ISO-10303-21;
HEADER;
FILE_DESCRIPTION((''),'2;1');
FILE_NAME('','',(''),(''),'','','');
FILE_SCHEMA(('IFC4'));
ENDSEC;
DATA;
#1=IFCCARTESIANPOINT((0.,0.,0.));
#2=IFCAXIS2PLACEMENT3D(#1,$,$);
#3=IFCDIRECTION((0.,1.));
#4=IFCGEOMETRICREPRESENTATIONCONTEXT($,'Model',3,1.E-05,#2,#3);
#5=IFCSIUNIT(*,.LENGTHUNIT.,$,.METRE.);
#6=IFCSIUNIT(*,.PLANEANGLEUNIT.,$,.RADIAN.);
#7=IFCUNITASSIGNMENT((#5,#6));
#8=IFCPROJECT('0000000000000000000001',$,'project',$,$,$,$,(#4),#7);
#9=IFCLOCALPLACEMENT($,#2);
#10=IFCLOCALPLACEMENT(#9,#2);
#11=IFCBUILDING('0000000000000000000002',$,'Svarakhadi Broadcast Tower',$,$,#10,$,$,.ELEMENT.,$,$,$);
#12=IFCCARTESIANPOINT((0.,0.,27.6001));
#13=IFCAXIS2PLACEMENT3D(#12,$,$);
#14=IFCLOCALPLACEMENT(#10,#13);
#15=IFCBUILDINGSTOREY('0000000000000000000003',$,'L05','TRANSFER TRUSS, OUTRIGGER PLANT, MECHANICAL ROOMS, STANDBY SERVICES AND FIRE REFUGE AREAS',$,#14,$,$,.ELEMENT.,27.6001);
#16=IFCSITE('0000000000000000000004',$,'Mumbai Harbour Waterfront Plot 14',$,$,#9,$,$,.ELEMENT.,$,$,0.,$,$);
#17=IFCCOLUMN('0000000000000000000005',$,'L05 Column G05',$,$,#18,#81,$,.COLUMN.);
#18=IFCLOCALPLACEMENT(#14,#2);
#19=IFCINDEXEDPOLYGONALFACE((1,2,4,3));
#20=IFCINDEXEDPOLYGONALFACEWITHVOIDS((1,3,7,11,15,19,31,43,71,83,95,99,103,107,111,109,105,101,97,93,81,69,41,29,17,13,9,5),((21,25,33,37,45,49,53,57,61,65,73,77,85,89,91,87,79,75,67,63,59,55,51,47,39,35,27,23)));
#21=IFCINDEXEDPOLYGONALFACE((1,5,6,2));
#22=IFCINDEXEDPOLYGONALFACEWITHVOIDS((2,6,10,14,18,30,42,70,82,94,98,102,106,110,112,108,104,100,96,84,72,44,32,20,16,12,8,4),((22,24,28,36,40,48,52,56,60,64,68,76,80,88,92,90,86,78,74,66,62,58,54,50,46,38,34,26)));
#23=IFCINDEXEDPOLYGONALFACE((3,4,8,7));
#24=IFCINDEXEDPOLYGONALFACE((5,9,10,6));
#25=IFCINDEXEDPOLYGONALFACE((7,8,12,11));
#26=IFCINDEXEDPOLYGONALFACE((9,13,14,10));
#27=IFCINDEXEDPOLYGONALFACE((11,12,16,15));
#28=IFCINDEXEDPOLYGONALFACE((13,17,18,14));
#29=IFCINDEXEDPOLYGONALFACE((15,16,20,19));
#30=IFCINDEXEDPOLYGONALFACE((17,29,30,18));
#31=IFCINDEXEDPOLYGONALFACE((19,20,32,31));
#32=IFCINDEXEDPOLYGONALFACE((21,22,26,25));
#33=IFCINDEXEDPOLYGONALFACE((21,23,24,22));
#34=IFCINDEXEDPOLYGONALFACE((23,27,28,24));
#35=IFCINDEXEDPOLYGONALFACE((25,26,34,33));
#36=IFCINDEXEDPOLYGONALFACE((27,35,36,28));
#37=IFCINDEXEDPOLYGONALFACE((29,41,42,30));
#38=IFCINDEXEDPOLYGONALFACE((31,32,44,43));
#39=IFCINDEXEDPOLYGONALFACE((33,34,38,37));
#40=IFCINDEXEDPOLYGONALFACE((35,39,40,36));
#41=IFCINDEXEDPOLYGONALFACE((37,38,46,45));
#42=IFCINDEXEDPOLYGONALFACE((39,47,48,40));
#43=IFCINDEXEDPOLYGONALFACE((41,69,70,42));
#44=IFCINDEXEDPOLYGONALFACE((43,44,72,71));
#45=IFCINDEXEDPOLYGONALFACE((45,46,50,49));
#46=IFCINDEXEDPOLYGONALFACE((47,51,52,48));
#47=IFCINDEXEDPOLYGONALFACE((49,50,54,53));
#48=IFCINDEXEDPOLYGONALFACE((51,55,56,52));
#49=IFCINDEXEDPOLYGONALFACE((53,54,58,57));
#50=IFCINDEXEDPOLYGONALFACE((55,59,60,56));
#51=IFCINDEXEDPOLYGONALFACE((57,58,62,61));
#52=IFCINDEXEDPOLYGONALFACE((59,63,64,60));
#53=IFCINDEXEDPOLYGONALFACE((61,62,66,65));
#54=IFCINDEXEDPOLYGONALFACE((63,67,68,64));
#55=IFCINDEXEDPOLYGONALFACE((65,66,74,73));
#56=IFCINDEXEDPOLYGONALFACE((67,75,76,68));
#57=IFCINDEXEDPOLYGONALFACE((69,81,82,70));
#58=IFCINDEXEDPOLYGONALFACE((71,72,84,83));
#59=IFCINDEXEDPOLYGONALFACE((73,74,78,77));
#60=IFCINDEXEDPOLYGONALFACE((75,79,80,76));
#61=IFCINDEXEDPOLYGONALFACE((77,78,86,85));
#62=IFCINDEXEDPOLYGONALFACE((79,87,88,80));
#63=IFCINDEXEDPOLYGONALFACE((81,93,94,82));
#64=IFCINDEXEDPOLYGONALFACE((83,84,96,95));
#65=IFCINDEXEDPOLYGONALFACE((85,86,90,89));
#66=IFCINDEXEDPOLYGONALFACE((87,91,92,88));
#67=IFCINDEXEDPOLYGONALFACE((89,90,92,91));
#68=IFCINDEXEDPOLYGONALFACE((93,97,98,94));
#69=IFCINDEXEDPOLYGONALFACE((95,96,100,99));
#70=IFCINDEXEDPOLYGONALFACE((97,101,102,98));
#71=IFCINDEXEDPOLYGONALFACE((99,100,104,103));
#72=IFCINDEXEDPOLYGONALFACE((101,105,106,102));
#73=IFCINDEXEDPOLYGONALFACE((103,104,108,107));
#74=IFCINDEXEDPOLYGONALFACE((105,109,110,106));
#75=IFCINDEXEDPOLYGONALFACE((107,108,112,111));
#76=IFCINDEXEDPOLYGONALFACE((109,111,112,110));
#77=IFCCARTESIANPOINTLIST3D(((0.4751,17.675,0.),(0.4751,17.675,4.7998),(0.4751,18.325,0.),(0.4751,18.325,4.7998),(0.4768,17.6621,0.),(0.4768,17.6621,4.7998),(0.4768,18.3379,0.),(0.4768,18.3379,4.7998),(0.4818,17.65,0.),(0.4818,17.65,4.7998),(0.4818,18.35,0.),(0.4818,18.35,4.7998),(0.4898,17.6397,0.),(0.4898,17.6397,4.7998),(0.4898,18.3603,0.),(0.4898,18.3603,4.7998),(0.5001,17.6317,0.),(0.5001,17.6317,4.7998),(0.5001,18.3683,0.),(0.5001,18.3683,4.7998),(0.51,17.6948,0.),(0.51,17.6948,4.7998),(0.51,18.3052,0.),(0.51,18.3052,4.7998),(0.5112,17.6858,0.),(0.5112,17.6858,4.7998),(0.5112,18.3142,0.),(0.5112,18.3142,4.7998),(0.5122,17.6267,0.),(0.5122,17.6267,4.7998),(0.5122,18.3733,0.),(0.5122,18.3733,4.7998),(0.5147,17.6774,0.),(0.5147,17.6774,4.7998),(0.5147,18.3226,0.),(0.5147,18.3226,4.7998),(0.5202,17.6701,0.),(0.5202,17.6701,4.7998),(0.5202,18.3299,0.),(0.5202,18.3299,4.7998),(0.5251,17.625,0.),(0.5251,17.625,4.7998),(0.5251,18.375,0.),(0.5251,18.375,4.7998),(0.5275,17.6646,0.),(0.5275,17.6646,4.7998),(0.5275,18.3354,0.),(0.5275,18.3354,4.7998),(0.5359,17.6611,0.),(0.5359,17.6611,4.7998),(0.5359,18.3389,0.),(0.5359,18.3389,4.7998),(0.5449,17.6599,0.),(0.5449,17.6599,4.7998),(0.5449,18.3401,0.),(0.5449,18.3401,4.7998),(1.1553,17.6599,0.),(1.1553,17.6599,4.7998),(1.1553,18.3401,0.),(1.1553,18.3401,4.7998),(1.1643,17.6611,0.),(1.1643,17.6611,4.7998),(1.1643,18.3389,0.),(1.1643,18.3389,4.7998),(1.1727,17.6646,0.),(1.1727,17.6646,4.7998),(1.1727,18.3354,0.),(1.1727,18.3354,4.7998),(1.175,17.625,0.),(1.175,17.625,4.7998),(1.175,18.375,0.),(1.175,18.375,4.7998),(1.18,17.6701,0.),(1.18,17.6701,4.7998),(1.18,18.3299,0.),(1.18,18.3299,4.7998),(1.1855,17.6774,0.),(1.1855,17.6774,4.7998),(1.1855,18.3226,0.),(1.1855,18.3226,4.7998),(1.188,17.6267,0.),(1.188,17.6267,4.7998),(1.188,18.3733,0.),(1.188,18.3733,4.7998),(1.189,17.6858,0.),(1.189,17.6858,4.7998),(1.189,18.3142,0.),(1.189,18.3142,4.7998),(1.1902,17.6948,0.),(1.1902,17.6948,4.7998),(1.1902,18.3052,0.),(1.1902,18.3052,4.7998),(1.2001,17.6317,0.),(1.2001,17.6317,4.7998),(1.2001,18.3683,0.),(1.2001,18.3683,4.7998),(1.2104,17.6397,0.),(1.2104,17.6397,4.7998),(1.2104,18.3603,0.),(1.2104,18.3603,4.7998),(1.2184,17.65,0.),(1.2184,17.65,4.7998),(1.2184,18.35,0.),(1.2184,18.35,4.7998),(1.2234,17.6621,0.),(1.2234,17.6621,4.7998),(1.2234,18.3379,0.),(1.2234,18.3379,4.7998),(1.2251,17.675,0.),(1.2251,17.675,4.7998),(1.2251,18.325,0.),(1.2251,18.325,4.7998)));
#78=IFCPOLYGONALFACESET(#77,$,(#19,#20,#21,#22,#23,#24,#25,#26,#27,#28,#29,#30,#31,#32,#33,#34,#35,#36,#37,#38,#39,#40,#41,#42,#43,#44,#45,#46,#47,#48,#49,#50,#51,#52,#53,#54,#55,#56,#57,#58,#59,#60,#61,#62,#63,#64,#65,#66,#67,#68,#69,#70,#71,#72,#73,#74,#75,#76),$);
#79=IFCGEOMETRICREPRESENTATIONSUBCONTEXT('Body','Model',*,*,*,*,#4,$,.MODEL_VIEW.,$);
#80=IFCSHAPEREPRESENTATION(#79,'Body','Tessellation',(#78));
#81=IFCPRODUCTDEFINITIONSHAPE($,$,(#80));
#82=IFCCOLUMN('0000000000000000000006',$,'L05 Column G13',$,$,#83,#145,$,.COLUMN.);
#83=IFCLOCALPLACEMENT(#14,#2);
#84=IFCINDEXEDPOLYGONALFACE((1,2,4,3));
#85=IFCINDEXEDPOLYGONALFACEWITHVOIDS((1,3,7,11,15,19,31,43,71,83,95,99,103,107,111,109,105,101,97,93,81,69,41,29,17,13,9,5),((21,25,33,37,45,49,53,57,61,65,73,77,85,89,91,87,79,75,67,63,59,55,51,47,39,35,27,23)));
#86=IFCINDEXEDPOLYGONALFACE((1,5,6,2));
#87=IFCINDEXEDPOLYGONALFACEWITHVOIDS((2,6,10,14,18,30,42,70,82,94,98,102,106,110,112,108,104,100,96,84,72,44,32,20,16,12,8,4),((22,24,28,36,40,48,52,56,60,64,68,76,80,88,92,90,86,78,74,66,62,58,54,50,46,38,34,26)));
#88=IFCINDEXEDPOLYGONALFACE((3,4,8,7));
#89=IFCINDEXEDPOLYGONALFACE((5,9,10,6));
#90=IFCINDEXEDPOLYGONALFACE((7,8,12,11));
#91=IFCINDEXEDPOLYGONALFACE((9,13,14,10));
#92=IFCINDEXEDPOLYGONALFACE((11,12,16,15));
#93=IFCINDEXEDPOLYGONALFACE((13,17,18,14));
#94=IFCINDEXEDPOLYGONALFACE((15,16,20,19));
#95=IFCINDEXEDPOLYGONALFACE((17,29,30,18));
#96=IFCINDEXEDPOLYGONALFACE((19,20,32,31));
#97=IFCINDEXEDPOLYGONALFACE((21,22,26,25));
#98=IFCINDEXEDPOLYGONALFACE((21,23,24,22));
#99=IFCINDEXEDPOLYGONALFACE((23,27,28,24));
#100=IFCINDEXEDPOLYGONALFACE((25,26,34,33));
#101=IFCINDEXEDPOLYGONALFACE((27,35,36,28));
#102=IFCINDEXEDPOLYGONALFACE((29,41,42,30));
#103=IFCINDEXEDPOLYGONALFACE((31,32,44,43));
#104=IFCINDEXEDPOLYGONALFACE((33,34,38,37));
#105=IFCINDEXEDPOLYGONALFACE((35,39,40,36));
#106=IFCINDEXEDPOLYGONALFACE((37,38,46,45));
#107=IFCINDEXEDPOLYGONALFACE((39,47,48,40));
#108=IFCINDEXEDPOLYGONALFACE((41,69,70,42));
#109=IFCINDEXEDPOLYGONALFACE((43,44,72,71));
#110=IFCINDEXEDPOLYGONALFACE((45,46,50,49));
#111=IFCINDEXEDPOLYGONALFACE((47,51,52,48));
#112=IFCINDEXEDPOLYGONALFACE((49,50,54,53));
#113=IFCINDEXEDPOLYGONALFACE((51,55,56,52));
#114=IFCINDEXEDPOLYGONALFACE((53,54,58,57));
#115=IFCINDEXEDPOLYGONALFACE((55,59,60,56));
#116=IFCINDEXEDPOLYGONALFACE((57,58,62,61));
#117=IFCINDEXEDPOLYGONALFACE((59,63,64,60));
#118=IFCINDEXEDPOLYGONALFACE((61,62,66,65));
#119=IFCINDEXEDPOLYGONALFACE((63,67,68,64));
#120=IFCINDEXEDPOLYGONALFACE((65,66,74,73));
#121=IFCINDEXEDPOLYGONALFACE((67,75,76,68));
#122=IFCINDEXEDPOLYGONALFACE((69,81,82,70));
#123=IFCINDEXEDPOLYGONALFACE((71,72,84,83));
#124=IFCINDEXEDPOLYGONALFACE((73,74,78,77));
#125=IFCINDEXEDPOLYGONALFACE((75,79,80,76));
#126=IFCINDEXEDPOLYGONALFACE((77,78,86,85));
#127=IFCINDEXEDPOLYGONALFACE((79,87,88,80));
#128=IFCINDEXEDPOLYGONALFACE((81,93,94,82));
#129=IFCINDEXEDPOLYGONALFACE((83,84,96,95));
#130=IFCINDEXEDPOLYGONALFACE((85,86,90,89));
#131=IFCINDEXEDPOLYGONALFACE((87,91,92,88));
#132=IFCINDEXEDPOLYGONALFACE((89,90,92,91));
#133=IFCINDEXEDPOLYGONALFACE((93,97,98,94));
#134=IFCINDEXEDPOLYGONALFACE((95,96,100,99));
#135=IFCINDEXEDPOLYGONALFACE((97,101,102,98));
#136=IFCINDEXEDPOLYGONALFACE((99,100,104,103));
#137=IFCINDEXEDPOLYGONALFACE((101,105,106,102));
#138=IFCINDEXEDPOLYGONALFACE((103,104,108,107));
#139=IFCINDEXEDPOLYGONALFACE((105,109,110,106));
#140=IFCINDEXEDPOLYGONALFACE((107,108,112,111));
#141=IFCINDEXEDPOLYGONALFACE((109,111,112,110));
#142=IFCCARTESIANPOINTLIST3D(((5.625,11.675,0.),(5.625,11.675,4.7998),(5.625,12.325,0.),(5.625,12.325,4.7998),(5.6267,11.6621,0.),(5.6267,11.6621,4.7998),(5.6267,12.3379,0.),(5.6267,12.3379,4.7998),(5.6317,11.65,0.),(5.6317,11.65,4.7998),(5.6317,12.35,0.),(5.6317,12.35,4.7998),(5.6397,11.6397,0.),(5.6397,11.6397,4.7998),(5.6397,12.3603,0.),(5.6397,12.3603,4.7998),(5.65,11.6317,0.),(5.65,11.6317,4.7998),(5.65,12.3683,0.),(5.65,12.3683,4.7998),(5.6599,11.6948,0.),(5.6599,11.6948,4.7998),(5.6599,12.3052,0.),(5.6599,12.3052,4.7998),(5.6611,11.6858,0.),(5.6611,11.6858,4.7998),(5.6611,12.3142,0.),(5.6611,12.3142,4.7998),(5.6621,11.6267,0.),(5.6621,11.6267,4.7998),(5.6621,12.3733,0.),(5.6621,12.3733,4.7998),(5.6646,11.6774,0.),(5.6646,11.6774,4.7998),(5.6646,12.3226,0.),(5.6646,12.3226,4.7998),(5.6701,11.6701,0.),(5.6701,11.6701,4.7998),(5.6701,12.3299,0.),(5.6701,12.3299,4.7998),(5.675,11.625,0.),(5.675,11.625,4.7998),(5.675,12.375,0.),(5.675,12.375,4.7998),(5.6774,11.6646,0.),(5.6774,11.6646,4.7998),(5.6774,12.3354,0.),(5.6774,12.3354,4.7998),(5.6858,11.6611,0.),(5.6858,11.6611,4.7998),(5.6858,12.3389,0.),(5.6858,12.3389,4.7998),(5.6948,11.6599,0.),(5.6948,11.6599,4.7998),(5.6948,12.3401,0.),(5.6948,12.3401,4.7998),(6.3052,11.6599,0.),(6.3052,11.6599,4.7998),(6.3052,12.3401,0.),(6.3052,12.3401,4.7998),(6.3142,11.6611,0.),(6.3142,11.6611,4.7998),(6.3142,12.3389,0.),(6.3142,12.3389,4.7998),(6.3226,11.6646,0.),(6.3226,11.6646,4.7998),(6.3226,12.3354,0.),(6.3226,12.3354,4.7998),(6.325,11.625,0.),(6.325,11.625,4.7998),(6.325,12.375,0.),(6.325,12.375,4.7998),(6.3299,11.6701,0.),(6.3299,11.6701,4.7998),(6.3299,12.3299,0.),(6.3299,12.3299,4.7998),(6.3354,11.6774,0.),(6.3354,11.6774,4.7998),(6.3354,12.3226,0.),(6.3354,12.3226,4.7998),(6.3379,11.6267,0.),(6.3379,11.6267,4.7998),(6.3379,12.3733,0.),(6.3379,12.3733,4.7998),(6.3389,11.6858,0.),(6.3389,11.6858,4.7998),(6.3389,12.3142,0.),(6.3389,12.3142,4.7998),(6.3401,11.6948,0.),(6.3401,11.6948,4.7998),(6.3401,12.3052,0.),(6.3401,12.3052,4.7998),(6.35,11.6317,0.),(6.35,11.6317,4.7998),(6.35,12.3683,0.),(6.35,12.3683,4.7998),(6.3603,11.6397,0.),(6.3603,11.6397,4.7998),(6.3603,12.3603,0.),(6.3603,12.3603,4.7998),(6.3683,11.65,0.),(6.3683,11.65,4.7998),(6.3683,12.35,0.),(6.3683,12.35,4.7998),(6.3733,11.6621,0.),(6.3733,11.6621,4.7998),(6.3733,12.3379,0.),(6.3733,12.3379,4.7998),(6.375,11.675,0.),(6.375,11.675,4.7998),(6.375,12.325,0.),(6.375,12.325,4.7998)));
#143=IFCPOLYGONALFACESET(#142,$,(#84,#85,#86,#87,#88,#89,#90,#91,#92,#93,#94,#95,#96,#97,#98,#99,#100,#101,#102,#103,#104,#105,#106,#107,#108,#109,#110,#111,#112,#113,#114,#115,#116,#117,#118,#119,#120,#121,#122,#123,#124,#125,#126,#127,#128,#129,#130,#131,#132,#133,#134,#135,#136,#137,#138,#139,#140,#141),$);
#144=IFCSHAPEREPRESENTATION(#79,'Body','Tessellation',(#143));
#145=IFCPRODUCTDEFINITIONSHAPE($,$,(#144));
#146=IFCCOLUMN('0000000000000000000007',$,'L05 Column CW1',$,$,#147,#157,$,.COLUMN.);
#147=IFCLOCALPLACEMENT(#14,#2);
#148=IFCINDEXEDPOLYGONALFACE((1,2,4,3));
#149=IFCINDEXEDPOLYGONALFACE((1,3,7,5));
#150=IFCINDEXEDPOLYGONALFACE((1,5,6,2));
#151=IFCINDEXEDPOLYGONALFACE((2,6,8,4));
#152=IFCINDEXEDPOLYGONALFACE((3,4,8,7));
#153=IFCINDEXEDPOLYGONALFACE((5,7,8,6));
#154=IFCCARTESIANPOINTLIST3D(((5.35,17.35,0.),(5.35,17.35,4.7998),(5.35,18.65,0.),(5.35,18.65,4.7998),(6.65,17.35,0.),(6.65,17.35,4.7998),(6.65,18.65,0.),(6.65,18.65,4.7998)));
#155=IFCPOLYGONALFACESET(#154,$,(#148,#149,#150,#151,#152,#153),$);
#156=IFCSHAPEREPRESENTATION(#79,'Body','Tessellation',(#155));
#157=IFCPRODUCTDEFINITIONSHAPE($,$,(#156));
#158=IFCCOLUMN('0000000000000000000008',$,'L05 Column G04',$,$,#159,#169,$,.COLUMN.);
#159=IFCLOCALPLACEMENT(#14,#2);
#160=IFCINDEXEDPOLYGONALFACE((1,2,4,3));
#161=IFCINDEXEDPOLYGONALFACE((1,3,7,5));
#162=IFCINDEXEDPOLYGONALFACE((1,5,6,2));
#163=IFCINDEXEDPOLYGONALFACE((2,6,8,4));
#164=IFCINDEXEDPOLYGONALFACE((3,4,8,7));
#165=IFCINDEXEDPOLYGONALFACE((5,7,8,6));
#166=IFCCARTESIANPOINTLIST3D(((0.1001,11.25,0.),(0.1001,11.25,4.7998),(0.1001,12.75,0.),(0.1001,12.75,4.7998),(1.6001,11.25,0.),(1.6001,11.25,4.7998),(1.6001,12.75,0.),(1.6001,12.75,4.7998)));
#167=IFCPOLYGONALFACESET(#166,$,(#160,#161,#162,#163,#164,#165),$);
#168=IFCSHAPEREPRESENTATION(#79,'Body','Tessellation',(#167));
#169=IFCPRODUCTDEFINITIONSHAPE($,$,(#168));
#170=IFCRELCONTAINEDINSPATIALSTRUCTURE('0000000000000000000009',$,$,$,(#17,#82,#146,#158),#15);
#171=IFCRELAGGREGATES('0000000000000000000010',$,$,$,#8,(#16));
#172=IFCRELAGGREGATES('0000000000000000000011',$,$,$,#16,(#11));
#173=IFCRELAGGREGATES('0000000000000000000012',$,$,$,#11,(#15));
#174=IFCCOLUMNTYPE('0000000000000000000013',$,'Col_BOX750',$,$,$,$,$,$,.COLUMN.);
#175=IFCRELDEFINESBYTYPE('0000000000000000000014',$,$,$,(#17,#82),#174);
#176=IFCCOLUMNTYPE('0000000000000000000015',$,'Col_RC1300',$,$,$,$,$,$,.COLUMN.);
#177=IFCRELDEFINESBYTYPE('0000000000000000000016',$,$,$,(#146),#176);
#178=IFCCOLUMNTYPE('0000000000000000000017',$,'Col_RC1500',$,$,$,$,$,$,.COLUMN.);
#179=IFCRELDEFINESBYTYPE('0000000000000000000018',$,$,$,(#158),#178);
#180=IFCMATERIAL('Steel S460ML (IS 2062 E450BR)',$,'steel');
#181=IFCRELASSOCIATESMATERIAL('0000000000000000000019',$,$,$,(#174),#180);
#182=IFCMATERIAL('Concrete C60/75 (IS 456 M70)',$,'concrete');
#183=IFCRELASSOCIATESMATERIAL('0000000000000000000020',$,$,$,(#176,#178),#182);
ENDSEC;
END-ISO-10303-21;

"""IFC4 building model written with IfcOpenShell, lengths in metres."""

from ifc_helpers import new_model, si_unit, direction, frame, origin, origin_2d, place, context, subcontext, project, spatial, rectangle, hollow_rectangle, extrude, material, material_profile, profile_set, type_object, element, save


model = new_model("IFC4")

# Units and contexts
model_context = context("Model", 3, precision=1e-05, world=origin(), true_north=direction((0.0, 1.0)))
body_context = subcontext(model_context, "Body", "Model", "MODEL_VIEW")
ifc_project = project(units=[si_unit("LENGTHUNIT", "METRE"), si_unit("PLANEANGLEUNIT", "RADIAN")], contexts=[model_context])

# Site, building, storey
site_placement = place(None, origin())
site = spatial("IfcSite", under=ifc_project, at=site_placement, Name="Mumbai Harbour Waterfront Plot 14", CompositionType="ELEMENT", RefElevation=0.0)
building_placement = place(site_placement, origin())
building = spatial("IfcBuilding", under=site, at=building_placement, Name="Svarakhadi Broadcast Tower", CompositionType="ELEMENT")
storey_placement = place(building_placement, frame((0.0, 0.0, 27.6001)))
storey = spatial("IfcBuildingStorey", under=building, at=storey_placement, Name="L05", Description="TRANSFER TRUSS, OUTRIGGER PLANT, MECHANICAL ROOMS, STANDBY SERVICES AND FIRE REFUGE AREAS", CompositionType="ELEMENT", Elevation=27.6001)

# Columns
ifc_material_1 = material(Name="Steel S460ML (IS 2062 E450BR)", Category="steel")
ifc_material_profile_1 = material_profile(ifc_material_1, hollow_rectangle(XDim=0.75, YDim=0.75, WallThickness=0.0349, InnerFilletRadius=0.0349, OuterFilletRadius=0.05, at=origin_2d()), Name="BOX 750x750x35")
ifc_profile_set_1 = profile_set([ifc_material_profile_1], Name="Steel S460ML (IS 2062 E450BR)")
column_type_1 = type_object("IfcColumnType", Name="Col_BOX750", PredefinedType="COLUMN", material=ifc_profile_set_1)
for number, where, z_axis, x_axis, name in (
    (1, (0.8501, 18.0, 0.0), (0.0, 0.0, 1.0), (1.0, 0.0, 0.0), "L05 Column G05"),
    (2, (6.0, 12.0, 0.0), (0.0, 0.0, 1.0), (1.0, 0.0, 0.0), "L05 Column G13"),
):
    element("IfcColumn", number, at=place(storey_placement, frame(where, z_axis=z_axis, x_axis=x_axis)), inside=storey, type_object=column_type_1, Name=name, PredefinedType="COLUMN", context=body_context, shape_type="SweptSolid", body=[
        extrude(hollow_rectangle(XDim=0.75, YDim=0.75, WallThickness=0.0349, InnerFilletRadius=0.0349, OuterFilletRadius=0.05, at=origin_2d()), origin(), (0.0, 0.0, 1.0), 4.7998),
    ])
ifc_material_2 = material(Name="Concrete C60/75 (IS 456 M70)", Category="concrete")
ifc_material_profile_2 = material_profile(ifc_material_2, rectangle(XDim=1.3, YDim=1.3, at=origin_2d()), Name="RC 1300x1300")
ifc_profile_set_2 = profile_set([ifc_material_profile_2], Name="Concrete C60/75 (IS 456 M70)")
column_type_2 = type_object("IfcColumnType", Name="Col_RC1300", PredefinedType="COLUMN", material=ifc_profile_set_2)
column_1_placement = place(storey_placement, frame((6.0, 18.0, 0.0), z_axis=(0.0, 0.0, 1.0), x_axis=(1.0, 0.0, 0.0)))
element("IfcColumn", 3, at=column_1_placement, inside=storey, type_object=column_type_2, Name="L05 Column CW1", PredefinedType="COLUMN", context=body_context, shape_type="SweptSolid", body=[
    extrude(rectangle(XDim=1.3, YDim=1.3, at=origin_2d()), origin(), (0.0, 0.0, 1.0), 4.7998),
])
ifc_material_profile_3 = material_profile(ifc_material_2, rectangle(XDim=1.5, YDim=1.5, at=origin_2d()), Name="RC 1500x1500")
ifc_profile_set_3 = profile_set([ifc_material_profile_3], Name="Concrete C60/75 (IS 456 M70)")
column_type_3 = type_object("IfcColumnType", Name="Col_RC1500", PredefinedType="COLUMN", material=ifc_profile_set_3)
column_2_placement = place(storey_placement, frame((0.8501, 12.0, 0.0), z_axis=(0.0, 0.0, 1.0), x_axis=(1.0, 0.0, 0.0)))
element("IfcColumn", 4, at=column_2_placement, inside=storey, type_object=column_type_3, Name="L05 Column G04", PredefinedType="COLUMN", context=body_context, shape_type="SweptSolid", body=[
    extrude(rectangle(XDim=1.5, YDim=1.5, at=origin_2d()), origin(), (0.0, 0.0, 1.0), 4.7998),
])

save(model, "model.ifc")
